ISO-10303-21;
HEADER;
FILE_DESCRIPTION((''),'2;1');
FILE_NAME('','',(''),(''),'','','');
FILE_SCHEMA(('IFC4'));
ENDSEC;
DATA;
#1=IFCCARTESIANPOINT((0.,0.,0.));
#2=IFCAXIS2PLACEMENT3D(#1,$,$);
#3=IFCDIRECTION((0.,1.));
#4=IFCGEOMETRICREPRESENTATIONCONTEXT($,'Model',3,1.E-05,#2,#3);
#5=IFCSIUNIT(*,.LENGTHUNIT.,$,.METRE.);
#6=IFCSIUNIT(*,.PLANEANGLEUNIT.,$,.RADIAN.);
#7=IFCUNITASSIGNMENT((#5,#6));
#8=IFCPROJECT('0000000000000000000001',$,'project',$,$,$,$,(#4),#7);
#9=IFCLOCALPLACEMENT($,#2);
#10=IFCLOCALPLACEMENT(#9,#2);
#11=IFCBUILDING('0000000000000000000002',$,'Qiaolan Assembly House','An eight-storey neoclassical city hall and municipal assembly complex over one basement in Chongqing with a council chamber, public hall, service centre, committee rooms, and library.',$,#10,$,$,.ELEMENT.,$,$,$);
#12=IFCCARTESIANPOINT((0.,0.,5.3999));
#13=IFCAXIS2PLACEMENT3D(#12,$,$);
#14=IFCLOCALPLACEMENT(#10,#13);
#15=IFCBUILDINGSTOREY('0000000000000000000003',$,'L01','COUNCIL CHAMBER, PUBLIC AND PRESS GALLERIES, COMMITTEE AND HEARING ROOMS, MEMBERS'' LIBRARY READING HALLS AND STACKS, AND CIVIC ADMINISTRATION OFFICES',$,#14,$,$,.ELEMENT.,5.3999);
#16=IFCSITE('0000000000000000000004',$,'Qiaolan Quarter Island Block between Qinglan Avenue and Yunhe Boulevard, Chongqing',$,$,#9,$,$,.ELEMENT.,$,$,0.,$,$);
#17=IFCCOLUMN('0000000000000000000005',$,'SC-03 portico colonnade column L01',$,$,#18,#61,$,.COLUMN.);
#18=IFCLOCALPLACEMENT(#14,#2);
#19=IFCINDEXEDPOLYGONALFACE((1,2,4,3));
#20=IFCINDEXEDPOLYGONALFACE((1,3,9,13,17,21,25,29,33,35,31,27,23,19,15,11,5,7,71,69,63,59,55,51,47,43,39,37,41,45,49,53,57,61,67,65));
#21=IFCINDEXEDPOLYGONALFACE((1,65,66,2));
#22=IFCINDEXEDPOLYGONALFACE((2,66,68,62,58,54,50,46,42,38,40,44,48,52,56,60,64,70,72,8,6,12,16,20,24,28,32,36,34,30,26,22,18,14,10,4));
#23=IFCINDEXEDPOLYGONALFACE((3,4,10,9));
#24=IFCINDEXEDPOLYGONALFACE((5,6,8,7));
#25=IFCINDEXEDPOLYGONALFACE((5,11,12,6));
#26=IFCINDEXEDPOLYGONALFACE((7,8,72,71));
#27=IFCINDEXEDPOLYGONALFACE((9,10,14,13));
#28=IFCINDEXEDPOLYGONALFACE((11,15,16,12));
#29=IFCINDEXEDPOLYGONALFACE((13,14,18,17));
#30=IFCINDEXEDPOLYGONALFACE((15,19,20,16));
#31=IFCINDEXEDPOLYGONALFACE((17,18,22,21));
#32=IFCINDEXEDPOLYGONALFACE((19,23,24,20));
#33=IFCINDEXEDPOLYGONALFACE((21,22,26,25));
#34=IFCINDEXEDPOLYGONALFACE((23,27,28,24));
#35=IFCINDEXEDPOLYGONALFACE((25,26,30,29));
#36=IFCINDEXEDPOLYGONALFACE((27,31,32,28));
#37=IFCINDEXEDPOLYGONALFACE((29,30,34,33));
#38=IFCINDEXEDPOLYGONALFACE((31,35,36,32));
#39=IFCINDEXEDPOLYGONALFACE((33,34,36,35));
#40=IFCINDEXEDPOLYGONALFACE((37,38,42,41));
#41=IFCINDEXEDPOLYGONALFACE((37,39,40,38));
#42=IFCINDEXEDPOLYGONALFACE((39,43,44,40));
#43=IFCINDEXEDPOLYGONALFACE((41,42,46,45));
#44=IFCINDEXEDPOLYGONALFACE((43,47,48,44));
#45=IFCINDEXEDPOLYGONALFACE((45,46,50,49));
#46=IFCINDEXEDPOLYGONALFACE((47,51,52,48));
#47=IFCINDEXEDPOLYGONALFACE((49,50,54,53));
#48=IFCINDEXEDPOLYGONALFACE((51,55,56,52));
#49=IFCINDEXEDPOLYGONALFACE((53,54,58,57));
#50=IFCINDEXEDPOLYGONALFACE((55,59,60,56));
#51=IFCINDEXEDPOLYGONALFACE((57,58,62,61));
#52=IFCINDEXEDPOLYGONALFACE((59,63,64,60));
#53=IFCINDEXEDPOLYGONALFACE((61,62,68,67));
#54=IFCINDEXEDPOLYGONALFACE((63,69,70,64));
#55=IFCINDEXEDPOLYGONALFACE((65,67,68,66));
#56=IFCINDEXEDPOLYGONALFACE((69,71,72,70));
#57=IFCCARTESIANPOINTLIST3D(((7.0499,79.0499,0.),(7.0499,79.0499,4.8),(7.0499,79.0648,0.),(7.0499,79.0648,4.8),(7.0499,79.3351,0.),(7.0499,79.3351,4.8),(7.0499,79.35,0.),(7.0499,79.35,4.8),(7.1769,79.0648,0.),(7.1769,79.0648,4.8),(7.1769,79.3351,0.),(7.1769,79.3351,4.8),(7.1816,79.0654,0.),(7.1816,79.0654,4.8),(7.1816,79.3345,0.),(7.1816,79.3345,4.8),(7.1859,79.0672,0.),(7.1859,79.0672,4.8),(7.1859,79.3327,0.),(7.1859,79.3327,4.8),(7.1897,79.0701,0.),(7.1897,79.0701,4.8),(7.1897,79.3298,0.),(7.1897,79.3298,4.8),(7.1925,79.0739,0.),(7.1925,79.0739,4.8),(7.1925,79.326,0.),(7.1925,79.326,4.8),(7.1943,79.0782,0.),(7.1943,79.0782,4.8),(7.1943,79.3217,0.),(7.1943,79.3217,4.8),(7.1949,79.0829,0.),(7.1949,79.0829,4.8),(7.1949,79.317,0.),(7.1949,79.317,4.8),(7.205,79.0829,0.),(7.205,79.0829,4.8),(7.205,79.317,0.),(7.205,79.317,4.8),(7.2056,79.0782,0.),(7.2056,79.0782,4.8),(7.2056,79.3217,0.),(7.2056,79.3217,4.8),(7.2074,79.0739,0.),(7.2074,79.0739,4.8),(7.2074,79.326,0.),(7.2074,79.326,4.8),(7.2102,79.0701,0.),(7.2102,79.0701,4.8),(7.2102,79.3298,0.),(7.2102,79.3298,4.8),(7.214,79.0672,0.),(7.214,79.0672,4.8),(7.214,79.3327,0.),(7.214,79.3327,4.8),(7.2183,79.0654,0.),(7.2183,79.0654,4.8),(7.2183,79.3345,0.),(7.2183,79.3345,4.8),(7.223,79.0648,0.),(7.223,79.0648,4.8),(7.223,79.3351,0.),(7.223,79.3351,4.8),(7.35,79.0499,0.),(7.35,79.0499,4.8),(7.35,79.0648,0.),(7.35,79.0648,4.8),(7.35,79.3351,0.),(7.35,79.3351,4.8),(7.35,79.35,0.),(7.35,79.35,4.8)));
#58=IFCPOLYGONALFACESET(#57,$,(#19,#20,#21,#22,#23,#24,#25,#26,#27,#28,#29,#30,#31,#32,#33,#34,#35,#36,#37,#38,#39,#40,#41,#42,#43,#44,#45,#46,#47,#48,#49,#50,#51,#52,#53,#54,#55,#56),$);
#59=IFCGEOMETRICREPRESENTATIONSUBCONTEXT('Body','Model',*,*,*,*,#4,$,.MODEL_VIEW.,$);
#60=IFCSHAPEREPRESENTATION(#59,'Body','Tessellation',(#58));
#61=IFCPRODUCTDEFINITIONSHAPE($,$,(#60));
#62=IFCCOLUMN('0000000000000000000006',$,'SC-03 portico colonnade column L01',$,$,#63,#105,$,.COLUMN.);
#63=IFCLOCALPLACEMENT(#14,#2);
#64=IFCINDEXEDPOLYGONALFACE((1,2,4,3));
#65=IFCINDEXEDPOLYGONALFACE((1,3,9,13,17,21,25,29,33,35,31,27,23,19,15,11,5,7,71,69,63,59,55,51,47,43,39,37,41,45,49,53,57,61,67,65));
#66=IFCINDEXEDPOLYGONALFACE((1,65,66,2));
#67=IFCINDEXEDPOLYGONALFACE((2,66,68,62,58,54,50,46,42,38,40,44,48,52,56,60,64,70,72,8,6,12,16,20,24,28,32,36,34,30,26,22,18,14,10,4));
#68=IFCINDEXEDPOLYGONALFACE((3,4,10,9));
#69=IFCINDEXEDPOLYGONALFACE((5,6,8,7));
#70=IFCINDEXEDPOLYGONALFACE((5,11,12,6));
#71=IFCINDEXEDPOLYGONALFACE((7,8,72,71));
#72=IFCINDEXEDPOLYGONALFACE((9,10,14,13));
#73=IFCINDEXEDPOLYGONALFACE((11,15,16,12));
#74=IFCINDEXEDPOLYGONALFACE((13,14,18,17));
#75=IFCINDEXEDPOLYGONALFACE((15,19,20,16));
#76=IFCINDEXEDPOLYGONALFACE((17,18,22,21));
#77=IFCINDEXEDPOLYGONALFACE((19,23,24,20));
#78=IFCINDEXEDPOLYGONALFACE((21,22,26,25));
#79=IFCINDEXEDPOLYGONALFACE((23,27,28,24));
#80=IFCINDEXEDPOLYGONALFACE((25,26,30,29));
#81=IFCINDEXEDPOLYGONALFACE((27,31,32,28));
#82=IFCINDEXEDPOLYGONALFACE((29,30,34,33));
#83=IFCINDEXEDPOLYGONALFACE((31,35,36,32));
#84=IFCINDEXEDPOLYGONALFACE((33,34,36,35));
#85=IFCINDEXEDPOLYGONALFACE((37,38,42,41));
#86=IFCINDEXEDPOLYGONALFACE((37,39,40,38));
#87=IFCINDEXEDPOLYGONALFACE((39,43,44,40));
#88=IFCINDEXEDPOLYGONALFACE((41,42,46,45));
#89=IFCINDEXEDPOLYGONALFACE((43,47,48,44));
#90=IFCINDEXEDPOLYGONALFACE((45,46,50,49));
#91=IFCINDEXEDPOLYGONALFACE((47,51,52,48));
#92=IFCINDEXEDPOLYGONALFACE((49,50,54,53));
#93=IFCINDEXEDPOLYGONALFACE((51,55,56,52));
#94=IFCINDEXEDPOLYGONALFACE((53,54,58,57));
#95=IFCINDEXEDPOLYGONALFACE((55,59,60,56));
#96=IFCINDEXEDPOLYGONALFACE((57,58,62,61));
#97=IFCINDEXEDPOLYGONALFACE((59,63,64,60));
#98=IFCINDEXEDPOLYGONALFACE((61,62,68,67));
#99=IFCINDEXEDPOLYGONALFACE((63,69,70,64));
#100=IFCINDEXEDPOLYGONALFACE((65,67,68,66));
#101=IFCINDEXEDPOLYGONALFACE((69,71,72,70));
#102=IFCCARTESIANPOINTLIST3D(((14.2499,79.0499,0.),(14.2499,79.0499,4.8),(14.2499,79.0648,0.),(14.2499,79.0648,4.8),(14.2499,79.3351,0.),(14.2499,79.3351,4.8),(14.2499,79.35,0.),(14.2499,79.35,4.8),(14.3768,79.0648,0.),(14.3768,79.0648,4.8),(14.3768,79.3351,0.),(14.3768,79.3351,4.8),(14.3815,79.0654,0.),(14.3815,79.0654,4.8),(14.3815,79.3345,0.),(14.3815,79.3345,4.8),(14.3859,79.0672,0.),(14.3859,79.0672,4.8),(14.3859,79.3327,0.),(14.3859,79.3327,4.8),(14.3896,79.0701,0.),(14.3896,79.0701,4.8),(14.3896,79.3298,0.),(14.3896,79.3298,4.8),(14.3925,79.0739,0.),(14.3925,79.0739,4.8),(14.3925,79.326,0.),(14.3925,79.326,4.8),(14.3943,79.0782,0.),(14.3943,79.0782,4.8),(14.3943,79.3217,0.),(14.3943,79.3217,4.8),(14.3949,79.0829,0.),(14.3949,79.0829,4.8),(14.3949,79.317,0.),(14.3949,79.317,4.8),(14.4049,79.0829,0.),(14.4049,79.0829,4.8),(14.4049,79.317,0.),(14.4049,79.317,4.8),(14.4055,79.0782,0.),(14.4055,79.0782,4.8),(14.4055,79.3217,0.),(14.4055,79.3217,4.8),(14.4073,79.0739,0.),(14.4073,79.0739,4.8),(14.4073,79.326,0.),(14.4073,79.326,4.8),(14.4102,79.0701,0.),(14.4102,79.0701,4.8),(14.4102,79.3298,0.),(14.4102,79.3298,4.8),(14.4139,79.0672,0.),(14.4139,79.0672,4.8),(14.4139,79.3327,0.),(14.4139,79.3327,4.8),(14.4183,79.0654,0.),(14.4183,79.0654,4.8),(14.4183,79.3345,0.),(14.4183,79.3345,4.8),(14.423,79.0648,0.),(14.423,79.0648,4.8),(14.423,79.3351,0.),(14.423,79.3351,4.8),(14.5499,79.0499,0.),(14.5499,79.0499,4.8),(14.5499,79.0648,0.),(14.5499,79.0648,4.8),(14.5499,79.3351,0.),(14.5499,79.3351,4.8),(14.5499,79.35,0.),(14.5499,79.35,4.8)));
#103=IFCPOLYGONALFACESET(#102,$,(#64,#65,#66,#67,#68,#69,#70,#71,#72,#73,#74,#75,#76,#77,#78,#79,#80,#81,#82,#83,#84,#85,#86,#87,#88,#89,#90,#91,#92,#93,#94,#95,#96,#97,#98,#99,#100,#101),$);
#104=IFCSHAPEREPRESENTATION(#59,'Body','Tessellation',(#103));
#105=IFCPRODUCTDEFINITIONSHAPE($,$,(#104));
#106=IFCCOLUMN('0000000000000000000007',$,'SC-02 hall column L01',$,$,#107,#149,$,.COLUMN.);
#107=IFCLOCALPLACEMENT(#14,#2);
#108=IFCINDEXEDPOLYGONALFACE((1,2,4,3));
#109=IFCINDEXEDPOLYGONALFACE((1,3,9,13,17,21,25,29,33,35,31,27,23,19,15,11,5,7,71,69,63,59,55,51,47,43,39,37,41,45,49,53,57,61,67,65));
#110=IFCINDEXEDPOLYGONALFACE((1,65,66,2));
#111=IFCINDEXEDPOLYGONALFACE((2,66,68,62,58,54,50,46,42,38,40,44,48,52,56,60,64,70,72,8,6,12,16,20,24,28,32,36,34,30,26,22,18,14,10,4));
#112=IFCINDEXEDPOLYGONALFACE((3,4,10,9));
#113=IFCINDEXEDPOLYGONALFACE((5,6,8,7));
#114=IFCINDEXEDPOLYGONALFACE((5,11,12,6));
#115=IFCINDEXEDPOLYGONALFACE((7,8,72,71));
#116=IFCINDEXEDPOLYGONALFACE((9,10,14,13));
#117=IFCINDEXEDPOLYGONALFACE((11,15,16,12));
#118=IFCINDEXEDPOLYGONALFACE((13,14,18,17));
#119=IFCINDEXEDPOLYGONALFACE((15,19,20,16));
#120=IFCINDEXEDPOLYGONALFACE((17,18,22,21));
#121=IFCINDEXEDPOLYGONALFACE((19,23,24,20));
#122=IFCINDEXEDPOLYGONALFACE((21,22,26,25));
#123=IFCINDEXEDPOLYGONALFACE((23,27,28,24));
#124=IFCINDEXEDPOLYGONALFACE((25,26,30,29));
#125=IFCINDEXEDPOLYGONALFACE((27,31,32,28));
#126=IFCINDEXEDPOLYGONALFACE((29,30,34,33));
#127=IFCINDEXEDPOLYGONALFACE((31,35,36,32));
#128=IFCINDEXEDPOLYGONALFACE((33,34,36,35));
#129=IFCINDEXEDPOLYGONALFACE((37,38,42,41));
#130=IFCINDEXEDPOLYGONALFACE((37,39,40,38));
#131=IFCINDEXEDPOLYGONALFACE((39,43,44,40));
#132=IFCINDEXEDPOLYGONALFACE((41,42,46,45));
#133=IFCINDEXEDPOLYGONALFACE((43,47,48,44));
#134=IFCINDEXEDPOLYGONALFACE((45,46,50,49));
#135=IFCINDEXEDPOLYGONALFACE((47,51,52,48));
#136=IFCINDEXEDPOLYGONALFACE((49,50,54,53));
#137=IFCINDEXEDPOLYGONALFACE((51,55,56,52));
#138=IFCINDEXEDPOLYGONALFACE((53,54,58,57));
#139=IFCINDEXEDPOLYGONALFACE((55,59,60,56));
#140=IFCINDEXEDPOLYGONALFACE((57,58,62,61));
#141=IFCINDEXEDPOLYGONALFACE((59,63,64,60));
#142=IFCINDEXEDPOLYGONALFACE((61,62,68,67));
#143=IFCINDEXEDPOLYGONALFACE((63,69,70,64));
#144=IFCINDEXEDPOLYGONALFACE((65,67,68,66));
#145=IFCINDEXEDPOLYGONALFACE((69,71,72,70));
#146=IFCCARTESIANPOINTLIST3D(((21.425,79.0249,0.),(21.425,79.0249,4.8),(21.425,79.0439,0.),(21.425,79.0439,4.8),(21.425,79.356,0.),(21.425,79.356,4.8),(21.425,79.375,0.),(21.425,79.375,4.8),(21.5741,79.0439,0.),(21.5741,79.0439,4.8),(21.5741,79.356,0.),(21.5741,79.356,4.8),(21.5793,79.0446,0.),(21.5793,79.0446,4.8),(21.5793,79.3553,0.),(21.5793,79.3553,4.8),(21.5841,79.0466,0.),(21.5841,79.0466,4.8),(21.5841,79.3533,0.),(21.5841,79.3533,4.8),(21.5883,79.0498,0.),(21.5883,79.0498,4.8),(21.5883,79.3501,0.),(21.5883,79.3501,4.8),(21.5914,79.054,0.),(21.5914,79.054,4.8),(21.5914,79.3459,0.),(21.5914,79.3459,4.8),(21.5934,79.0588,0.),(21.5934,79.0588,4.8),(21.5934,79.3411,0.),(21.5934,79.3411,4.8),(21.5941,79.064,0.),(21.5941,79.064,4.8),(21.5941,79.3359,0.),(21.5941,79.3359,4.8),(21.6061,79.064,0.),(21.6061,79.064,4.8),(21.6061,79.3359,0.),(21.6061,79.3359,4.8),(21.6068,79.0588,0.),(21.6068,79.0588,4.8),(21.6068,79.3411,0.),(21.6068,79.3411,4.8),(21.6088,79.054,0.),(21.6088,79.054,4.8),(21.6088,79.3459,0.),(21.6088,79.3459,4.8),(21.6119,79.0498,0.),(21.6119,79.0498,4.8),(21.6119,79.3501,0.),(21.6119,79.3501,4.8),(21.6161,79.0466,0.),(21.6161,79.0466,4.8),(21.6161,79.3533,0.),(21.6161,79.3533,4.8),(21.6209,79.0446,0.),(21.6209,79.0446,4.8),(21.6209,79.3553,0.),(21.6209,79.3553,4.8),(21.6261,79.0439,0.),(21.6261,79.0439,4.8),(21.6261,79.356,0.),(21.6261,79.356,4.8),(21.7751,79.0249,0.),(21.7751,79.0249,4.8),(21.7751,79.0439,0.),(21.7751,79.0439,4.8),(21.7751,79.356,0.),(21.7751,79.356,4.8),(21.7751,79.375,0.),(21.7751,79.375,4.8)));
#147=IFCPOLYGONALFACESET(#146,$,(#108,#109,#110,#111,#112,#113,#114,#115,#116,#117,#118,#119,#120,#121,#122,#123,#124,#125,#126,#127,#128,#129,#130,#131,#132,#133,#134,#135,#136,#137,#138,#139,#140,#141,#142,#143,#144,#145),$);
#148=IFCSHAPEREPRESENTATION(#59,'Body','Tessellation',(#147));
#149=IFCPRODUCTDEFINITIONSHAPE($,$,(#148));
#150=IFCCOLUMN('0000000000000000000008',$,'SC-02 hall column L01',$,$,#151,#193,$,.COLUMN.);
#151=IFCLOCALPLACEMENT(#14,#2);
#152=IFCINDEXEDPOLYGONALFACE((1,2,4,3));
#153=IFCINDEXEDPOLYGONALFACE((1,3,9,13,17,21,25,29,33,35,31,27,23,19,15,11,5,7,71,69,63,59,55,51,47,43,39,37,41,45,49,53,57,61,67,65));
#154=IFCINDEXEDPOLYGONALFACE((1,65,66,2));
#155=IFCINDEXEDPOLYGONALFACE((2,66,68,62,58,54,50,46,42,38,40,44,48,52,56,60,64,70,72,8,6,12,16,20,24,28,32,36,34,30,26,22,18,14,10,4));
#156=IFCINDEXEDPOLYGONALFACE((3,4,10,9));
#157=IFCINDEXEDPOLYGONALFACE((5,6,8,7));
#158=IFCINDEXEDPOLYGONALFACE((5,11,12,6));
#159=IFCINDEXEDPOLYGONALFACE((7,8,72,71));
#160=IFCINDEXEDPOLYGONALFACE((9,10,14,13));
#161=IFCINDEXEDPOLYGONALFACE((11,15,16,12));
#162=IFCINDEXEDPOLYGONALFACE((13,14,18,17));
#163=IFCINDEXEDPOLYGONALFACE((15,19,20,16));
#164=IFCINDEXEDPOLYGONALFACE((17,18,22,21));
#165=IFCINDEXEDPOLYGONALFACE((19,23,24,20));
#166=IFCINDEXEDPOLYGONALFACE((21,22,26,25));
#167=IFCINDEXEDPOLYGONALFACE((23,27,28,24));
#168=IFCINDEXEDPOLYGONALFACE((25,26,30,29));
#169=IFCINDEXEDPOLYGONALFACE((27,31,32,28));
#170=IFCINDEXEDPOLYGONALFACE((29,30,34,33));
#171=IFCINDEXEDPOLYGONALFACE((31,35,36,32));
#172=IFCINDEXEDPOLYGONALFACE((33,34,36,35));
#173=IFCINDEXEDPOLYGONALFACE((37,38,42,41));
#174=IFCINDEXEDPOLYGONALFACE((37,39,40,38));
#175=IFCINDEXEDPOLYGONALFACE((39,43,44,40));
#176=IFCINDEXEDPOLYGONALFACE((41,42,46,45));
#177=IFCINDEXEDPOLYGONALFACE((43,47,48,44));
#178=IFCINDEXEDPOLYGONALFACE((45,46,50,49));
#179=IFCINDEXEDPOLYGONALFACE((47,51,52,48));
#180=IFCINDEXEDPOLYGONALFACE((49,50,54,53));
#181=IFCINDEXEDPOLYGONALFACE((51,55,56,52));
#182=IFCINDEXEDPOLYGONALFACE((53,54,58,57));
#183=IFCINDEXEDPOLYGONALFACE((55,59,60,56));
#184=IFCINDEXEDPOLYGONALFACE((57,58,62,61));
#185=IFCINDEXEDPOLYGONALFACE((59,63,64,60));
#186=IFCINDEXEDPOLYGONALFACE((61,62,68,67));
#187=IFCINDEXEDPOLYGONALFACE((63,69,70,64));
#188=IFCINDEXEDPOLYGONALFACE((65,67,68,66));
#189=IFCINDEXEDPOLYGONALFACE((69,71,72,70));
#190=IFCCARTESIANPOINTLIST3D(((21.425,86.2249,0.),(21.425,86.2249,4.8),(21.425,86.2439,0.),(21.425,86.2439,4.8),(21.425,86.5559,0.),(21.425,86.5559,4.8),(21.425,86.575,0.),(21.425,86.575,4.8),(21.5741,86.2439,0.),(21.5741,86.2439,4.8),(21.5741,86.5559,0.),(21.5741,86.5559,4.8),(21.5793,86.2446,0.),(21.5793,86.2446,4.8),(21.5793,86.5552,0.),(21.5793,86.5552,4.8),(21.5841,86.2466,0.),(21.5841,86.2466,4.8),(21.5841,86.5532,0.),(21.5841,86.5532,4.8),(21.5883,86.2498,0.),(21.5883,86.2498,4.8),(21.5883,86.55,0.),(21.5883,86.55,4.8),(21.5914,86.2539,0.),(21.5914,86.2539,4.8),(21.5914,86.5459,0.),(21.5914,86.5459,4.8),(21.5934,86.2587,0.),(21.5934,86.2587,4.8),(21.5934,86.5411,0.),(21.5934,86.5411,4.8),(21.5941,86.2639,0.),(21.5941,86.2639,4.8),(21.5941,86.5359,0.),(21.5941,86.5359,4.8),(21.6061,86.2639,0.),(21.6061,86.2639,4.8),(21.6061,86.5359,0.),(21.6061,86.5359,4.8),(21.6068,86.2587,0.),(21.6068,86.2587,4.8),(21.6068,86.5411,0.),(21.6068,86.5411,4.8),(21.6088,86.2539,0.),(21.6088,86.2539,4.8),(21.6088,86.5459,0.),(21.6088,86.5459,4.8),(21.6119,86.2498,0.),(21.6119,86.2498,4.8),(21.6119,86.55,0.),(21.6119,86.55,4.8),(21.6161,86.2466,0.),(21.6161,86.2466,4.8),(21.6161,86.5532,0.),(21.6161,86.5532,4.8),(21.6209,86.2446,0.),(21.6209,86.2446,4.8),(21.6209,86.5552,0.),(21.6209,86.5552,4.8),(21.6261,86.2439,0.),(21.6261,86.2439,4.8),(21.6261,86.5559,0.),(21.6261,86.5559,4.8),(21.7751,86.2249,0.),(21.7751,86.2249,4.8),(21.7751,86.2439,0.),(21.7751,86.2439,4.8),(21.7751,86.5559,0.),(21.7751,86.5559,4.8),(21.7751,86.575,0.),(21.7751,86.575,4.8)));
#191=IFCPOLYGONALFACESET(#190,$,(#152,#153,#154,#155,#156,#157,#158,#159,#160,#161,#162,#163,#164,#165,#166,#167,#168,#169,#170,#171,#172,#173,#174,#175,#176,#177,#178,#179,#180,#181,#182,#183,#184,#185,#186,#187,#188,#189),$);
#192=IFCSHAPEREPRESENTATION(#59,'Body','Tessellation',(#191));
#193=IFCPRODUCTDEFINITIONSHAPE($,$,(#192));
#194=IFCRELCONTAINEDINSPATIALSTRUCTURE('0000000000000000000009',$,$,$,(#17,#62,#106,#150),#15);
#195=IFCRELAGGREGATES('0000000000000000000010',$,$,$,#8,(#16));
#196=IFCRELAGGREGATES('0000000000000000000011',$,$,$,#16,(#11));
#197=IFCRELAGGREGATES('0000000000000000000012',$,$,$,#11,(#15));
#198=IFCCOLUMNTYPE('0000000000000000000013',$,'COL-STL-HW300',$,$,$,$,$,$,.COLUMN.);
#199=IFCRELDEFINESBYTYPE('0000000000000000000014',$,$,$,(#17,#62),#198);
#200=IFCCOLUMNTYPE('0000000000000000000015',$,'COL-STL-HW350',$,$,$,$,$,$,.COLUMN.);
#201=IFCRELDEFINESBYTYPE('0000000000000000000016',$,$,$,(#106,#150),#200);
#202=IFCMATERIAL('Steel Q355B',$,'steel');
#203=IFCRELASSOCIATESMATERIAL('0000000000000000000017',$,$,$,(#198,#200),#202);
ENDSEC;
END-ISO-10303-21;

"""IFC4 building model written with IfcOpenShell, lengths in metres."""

from ifc_helpers import new_model, si_unit, direction, frame, origin, origin_2d, place, context, subcontext, project, spatial, i_section, extrude, material, material_profile, profile_set, type_object, element, save


model = new_model("IFC4")

# Units and contexts
model_context = context("Model", 3, precision=1e-05, world=origin(), true_north=direction((0.0, 1.0)))
body_context = subcontext(model_context, "Body", "Model", "MODEL_VIEW")
ifc_project = project(units=[si_unit("LENGTHUNIT", "METRE"), si_unit("PLANEANGLEUNIT", "RADIAN")], contexts=[model_context])

# Site, building, storey
site_placement = place(None, origin())
site = spatial("IfcSite", under=ifc_project, at=site_placement, Name="Qiaolan Quarter Island Block between Qinglan Avenue and Yunhe Boulevard, Chongqing", CompositionType="ELEMENT", RefElevation=0.0)
building_placement = place(site_placement, origin())
building = spatial("IfcBuilding", under=site, at=building_placement, Name="Qiaolan Assembly House", Description="An eight-storey neoclassical city hall and municipal assembly complex over one basement in Chongqing with a council chamber, public hall, service centre, committee rooms, and library.", CompositionType="ELEMENT")
storey_placement = place(building_placement, frame((0.0, 0.0, 5.3999)))
storey = spatial("IfcBuildingStorey", under=building, at=storey_placement, Name="L01", Description="COUNCIL CHAMBER, PUBLIC AND PRESS GALLERIES, COMMITTEE AND HEARING ROOMS, MEMBERS' LIBRARY READING HALLS AND STACKS, AND CIVIC ADMINISTRATION OFFICES", CompositionType="ELEMENT", Elevation=5.3999)

# Columns
ifc_material_1 = material(Name="Steel Q355B", Category="steel")
ifc_material_profile_1 = material_profile(ifc_material_1, i_section(OverallWidth=0.3, OverallDepth=0.3, WebThickness=0.01, FlangeThickness=0.0149, FilletRadius=0.0181, at=origin_2d()), Name="HW 300x300x10x15")
ifc_profile_set_1 = profile_set([ifc_material_profile_1], Name="Steel Q355B")
column_type_1 = type_object("IfcColumnType", Name="COL-STL-HW300", PredefinedType="COLUMN", material=ifc_profile_set_1)
for number, where, z_axis, x_axis, name in (
    (1, (7.2, 79.2, 0.0), (0.0, 0.0, 1.0), (1.0, 0.0, 0.0), "SC-03 portico colonnade column L01"),
    (2, (14.3999, 79.2, 0.0), (0.0, 0.0, 1.0), (1.0, 0.0, 0.0), "SC-03 portico colonnade column L01"),
):
    element("IfcColumn", number, at=place(storey_placement, frame(where, z_axis=z_axis, x_axis=x_axis)), inside=storey, type_object=column_type_1, Name=name, PredefinedType="COLUMN", context=body_context, shape_type="SweptSolid", body=[
        extrude(i_section(OverallWidth=0.3, OverallDepth=0.3, WebThickness=0.01, FlangeThickness=0.0149, FilletRadius=0.0181, at=origin_2d()), origin(), (0.0, 0.0, 1.0), 4.8),
    ])
ifc_material_profile_2 = material_profile(ifc_material_1, i_section(OverallWidth=0.3501, OverallDepth=0.3501, WebThickness=0.012, FlangeThickness=0.019, FilletRadius=0.02, at=origin_2d()), Name="HW 350x350x12x19")
ifc_profile_set_2 = profile_set([ifc_material_profile_2], Name="Steel Q355B")
column_type_2 = type_object("IfcColumnType", Name="COL-STL-HW350", PredefinedType="COLUMN", material=ifc_profile_set_2)
for number, where, z_axis, x_axis, name in (
    (3, (21.6001, 79.2, 0.0), (0.0, 0.0, 1.0), (1.0, 0.0, 0.0), "SC-02 hall column L01"),
    (4, (21.6001, 86.3999, 0.0), (0.0, 0.0, 1.0), (1.0, 0.0, 0.0), "SC-02 hall column L01"),
):
    element("IfcColumn", number, at=place(storey_placement, frame(where, z_axis=z_axis, x_axis=x_axis)), inside=storey, type_object=column_type_2, Name=name, PredefinedType="COLUMN", context=body_context, shape_type="SweptSolid", body=[
        extrude(i_section(OverallWidth=0.3501, OverallDepth=0.3501, WebThickness=0.012, FlangeThickness=0.019, FilletRadius=0.02, at=origin_2d()), origin(), (0.0, 0.0, 1.0), 4.8),
    ])

save(model, "model.ifc")
